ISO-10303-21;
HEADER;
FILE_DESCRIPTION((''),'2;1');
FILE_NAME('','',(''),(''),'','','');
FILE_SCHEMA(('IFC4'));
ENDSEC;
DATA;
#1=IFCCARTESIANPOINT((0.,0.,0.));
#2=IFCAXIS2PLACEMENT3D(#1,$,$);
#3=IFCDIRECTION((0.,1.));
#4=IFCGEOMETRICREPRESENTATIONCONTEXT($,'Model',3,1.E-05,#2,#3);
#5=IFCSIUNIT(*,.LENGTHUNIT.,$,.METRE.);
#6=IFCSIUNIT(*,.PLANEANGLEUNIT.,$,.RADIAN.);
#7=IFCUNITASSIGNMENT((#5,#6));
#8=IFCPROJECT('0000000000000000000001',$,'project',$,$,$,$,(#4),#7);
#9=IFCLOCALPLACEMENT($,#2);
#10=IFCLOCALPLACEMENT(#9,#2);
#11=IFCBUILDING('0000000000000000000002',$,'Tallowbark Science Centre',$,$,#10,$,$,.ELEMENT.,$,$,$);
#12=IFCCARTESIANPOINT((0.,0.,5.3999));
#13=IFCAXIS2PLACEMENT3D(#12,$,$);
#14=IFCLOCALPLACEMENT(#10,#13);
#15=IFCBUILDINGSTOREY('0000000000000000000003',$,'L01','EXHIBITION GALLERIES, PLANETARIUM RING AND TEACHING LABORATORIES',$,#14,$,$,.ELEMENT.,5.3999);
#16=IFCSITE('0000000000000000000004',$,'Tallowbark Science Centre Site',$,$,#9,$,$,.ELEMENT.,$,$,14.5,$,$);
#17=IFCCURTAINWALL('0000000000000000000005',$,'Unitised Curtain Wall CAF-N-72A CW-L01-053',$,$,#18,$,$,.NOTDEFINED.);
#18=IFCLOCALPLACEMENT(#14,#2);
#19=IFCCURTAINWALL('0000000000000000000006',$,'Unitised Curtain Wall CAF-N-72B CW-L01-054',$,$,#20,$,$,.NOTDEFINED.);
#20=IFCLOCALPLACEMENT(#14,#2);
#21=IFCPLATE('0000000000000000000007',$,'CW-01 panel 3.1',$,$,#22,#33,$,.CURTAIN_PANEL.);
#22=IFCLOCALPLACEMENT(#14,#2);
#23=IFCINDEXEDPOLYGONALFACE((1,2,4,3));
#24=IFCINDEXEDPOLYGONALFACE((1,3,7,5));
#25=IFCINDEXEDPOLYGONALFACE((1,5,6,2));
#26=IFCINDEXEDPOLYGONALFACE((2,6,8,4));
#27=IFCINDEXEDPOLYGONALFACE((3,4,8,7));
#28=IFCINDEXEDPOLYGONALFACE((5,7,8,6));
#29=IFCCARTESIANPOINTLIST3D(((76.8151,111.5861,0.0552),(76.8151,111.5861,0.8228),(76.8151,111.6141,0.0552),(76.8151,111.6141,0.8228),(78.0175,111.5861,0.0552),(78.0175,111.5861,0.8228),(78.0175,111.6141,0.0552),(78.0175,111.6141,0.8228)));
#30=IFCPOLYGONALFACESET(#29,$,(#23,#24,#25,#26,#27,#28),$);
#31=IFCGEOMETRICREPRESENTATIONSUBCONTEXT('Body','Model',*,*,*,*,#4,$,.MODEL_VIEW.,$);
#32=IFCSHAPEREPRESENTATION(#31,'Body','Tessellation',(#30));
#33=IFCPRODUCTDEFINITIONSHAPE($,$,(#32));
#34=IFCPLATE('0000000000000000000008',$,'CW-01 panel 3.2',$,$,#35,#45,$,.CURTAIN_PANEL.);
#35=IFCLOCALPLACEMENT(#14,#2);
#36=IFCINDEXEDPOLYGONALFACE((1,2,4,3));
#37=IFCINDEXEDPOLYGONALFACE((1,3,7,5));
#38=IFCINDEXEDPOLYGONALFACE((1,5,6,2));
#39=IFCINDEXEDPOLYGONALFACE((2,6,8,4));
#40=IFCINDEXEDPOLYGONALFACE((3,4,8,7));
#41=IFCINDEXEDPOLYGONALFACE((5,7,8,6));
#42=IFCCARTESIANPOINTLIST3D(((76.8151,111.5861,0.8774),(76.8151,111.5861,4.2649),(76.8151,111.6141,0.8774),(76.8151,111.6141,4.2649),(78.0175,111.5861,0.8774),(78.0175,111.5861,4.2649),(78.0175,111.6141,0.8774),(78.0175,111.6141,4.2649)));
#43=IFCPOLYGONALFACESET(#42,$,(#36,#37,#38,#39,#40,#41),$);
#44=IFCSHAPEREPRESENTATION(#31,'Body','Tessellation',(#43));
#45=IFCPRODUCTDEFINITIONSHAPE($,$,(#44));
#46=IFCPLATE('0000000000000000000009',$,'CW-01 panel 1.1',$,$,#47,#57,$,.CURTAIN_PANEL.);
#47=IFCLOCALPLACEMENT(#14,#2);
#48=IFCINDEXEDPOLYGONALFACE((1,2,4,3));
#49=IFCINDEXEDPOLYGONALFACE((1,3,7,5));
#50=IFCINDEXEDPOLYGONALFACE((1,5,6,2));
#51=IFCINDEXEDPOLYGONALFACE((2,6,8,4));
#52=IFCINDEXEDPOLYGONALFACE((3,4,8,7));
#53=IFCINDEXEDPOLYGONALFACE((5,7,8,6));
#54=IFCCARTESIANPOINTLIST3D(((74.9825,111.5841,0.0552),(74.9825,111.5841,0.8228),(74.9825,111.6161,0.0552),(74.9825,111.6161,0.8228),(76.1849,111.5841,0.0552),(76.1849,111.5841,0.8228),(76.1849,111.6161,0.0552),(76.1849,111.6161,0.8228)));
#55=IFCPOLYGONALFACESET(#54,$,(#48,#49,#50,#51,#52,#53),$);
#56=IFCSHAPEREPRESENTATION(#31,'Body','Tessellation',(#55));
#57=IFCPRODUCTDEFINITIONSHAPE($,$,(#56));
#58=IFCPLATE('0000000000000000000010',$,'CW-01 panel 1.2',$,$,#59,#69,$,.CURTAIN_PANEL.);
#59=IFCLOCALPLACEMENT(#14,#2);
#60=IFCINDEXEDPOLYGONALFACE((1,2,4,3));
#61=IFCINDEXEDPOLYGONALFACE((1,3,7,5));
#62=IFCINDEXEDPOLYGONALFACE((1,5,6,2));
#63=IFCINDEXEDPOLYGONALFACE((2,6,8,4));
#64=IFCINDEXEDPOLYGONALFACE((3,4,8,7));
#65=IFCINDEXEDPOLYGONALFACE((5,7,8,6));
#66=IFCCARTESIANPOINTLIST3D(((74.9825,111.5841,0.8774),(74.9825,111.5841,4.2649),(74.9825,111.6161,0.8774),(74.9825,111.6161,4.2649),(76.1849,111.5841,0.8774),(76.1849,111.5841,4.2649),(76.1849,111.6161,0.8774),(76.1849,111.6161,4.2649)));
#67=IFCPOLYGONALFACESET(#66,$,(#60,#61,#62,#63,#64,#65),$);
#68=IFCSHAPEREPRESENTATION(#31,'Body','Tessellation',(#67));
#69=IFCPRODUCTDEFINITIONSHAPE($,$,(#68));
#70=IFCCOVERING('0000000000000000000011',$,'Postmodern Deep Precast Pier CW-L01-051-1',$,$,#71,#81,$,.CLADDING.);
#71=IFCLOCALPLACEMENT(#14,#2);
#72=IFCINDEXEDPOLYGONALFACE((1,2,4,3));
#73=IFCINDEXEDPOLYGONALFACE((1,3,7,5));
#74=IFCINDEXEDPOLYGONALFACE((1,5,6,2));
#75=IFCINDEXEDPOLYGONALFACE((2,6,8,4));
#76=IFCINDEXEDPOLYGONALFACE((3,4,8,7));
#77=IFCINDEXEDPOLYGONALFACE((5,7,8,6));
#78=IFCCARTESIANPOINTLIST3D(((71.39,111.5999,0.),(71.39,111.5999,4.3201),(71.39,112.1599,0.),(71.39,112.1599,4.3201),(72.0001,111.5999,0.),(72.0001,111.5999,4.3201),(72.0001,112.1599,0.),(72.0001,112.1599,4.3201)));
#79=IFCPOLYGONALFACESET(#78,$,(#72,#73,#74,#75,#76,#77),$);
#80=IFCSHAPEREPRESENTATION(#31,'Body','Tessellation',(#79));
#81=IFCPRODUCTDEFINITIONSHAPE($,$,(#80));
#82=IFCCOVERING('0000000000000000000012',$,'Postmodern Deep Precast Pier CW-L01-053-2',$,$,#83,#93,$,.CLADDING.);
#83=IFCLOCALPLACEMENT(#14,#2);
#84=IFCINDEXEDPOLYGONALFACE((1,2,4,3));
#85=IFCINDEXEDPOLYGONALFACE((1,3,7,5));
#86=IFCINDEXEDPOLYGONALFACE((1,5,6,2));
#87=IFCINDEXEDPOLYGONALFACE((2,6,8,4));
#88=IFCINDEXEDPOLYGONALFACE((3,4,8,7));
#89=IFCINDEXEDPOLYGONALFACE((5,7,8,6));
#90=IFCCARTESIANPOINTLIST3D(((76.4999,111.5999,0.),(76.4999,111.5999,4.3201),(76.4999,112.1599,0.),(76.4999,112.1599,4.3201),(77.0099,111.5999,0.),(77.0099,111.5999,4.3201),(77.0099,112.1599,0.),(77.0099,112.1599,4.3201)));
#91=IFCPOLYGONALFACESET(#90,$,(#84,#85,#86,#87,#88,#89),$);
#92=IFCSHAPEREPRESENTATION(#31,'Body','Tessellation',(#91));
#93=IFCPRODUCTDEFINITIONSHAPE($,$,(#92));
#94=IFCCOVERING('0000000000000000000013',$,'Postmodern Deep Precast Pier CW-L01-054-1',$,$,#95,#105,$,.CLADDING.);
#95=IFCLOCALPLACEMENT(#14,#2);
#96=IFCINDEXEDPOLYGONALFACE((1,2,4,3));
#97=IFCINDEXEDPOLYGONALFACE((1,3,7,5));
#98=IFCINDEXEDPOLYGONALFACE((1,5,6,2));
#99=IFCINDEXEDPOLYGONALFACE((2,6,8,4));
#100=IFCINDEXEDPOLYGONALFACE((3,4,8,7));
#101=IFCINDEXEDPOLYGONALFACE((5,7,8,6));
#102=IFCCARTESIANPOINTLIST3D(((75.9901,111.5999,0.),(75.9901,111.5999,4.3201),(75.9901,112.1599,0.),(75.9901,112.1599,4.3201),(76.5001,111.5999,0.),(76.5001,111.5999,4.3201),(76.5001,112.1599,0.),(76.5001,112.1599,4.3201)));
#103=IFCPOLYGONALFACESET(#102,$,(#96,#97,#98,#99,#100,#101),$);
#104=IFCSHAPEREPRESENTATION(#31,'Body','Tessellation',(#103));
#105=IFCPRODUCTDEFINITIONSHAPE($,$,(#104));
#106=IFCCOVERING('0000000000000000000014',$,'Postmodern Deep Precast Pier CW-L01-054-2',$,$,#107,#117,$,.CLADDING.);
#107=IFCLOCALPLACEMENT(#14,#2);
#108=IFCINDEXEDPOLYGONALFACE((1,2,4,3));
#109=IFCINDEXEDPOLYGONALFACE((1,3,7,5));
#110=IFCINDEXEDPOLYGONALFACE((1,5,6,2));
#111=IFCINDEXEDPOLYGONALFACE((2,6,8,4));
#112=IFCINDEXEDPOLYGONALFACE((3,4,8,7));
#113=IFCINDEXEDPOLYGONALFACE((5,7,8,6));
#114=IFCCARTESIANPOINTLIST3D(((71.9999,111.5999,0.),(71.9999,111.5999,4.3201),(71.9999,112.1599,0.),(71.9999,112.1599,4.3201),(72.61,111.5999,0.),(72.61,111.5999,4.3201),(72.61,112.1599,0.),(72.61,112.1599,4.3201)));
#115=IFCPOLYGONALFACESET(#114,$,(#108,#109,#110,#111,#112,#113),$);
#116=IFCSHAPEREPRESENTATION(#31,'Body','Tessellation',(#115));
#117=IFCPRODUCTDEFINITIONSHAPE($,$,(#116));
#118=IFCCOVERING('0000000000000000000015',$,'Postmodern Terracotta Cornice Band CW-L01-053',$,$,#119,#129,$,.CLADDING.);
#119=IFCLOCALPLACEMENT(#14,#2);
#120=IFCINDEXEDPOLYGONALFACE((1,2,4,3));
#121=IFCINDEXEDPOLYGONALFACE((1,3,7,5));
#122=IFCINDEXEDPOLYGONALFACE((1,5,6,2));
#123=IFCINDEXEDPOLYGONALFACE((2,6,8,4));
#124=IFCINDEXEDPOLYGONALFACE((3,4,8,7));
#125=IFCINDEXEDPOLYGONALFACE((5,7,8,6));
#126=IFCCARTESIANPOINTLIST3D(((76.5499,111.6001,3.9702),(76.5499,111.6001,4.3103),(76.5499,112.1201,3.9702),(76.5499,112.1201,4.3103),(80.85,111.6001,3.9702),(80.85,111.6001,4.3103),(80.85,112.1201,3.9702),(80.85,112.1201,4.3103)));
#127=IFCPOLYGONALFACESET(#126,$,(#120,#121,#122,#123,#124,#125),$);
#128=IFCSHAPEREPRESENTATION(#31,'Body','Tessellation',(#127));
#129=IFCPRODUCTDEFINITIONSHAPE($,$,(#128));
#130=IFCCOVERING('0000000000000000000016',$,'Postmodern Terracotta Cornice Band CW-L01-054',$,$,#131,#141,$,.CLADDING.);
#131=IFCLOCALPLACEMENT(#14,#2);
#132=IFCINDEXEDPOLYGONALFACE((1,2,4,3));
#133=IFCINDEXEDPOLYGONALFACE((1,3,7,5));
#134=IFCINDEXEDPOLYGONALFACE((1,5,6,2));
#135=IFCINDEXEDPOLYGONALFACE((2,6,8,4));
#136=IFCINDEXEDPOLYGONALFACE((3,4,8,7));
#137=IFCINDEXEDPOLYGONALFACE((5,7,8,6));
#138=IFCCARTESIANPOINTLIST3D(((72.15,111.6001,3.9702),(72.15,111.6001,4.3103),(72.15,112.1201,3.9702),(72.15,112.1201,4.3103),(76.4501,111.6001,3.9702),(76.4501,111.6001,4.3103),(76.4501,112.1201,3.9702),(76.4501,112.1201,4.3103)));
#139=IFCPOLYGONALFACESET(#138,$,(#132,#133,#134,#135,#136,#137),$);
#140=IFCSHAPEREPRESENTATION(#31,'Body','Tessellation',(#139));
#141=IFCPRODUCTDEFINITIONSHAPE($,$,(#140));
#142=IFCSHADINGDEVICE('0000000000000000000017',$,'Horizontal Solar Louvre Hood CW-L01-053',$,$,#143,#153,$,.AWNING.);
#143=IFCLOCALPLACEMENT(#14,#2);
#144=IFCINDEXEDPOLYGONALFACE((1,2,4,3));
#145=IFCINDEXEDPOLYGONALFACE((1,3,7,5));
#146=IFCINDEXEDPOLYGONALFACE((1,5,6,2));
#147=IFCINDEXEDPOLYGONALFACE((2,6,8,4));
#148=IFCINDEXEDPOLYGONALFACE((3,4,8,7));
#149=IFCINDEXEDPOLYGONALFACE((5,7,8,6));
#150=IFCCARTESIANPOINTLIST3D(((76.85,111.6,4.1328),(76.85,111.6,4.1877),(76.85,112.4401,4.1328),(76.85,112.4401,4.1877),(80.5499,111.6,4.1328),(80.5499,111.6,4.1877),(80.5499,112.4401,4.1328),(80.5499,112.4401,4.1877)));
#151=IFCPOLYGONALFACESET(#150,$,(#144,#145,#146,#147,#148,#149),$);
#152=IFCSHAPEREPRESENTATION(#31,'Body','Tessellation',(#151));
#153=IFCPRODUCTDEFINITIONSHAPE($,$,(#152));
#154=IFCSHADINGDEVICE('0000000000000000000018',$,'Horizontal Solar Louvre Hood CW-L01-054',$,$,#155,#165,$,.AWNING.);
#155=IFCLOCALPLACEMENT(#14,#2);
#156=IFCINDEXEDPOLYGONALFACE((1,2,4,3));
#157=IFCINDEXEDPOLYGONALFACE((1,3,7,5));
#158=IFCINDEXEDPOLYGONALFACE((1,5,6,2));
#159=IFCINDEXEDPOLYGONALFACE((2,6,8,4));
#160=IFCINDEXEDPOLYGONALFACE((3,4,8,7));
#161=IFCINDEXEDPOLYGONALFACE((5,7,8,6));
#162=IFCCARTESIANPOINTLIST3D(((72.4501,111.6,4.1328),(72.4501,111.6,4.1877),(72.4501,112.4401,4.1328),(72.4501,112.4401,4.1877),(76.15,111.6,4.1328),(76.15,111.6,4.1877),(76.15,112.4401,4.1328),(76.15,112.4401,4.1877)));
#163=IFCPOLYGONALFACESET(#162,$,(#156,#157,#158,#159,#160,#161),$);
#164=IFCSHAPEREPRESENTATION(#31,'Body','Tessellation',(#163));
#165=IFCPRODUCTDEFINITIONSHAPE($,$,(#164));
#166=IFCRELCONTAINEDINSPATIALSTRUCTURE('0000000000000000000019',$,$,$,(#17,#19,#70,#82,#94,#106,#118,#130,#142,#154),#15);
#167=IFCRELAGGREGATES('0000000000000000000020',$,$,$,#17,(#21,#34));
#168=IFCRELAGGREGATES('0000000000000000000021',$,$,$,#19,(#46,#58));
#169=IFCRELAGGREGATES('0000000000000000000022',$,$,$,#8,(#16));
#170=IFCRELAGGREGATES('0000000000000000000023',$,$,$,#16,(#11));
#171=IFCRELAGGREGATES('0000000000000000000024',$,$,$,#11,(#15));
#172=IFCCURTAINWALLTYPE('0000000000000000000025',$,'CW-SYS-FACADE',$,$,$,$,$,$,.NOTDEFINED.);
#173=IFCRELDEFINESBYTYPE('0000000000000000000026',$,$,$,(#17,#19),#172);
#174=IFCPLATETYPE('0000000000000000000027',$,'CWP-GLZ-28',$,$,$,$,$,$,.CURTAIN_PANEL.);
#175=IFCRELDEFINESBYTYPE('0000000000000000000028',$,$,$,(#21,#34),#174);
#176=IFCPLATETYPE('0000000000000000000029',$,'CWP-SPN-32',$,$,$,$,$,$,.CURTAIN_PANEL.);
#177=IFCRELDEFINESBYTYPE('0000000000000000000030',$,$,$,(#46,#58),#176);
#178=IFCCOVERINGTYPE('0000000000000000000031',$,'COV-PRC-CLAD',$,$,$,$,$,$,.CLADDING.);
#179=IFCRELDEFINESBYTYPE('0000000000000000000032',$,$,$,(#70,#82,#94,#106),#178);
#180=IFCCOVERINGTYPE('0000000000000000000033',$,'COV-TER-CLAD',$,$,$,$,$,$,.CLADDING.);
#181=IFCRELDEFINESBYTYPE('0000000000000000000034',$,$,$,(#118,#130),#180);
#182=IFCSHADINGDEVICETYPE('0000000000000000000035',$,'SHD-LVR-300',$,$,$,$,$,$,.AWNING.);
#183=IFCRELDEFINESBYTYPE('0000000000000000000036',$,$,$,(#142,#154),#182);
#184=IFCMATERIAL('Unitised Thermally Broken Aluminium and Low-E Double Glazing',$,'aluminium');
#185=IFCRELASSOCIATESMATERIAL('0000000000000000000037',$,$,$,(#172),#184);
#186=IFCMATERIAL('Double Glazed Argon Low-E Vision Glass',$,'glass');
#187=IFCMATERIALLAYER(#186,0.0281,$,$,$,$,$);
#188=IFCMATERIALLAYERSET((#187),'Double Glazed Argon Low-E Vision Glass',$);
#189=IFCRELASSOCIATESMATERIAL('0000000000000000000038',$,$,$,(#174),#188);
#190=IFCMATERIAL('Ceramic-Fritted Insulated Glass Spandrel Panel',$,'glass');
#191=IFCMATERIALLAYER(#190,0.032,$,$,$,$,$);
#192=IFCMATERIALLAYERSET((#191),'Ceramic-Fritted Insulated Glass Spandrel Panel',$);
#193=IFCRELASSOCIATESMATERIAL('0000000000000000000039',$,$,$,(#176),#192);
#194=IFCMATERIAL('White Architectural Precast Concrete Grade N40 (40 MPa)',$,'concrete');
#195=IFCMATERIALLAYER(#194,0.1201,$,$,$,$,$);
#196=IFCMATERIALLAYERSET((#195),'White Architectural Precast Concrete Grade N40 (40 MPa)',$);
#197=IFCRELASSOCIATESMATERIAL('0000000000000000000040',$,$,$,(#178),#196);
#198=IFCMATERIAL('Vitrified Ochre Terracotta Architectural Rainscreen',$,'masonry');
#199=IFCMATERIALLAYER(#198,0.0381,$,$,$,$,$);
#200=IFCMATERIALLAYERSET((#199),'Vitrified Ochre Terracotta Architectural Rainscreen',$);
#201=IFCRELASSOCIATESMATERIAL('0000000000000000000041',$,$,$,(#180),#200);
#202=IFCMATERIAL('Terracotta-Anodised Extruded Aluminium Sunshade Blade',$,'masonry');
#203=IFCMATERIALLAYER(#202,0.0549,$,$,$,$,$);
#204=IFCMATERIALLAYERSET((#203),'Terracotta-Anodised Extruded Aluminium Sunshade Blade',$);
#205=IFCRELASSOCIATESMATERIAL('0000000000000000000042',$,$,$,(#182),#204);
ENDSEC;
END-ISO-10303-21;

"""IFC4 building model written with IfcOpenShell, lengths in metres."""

from ifc_helpers import new_model, si_unit, direction, frame, origin, origin_2d, place, context, subcontext, project, spatial, rectangle, extrude, material, layer, layer_set, type_object, element, aggregate, save


model = new_model("IFC4")

# Units and contexts
model_context = context("Model", 3, precision=1e-05, world=origin(), true_north=direction((0.0, 1.0)))
body_context = subcontext(model_context, "Body", "Model", "MODEL_VIEW")
ifc_project = project(units=[si_unit("LENGTHUNIT", "METRE"), si_unit("PLANEANGLEUNIT", "RADIAN")], contexts=[model_context])

# Site, building, storey
site_placement = place(None, origin())
site = spatial("IfcSite", under=ifc_project, at=site_placement, Name="Tallowbark Science Centre Site", CompositionType="ELEMENT", RefElevation=14.5)
building_placement = place(site_placement, origin())
building = spatial("IfcBuilding", under=site, at=building_placement, Name="Tallowbark Science Centre", CompositionType="ELEMENT")
storey_placement = place(building_placement, frame((0.0, 0.0, 5.3999)))
storey = spatial("IfcBuildingStorey", under=building, at=storey_placement, Name="L01", Description="EXHIBITION GALLERIES, PLANETARIUM RING AND TEACHING LABORATORIES", CompositionType="ELEMENT", Elevation=5.3999)

# Curtain wall
ifc_material_1 = material(Name="Unitised Thermally Broken Aluminium and Low-E Double Glazing", Category="aluminium")
curtain_wall_type = type_object("IfcCurtainWallType", Name="CW-SYS-FACADE", PredefinedType="NOTDEFINED", material=ifc_material_1)
curtain_wall_1_placement = place(storey_placement, origin())
curtain_wall_1 = element("IfcCurtainWall", 1, at=curtain_wall_1_placement, inside=storey, type_object=curtain_wall_type, Name="Unitised Curtain Wall CAF-N-72A CW-L01-053", PredefinedType="NOTDEFINED")

# Curtain wall
curtain_wall_2_placement = place(storey_placement, origin())
curtain_wall_2 = element("IfcCurtainWall", 2, at=curtain_wall_2_placement, inside=storey, type_object=curtain_wall_type, Name="Unitised Curtain Wall CAF-N-72B CW-L01-054", PredefinedType="NOTDEFINED")

# Plates
ifc_material_2 = material(Name="Double Glazed Argon Low-E Vision Glass", Category="glass")
ifc_layer_1 = layer(ifc_material_2, 0.0281)
ifc_layer_set_1 = layer_set([ifc_layer_1], Name="Double Glazed Argon Low-E Vision Glass")
plate_type_1 = type_object("IfcPlateType", Name="CWP-GLZ-28", PredefinedType="CURTAIN_PANEL", material=ifc_layer_set_1)
plate_1_placement = place(storey_placement, frame((77.4163, 111.6001, 0.0552), z_axis=(0.0, 0.0, 1.0), x_axis=(-1.0, 0.0, 0.0)))
plate_1 = element("IfcPlate", 3, at=plate_1_placement, type_object=plate_type_1, Name="CW-01 panel 3.1", PredefinedType="CURTAIN_PANEL", context=body_context, shape_type="SweptSolid", body=[
    extrude(rectangle(XDim=1.2024, YDim=0.0281, at=origin_2d()), origin(), (0.0, 0.0, 1.0), 0.7676),
])
plate_2_placement = place(storey_placement, frame((77.4163, 111.6001, 0.8774), z_axis=(0.0, 0.0, 1.0), x_axis=(-1.0, 0.0, 0.0)))
plate_2 = element("IfcPlate", 4, at=plate_2_placement, type_object=plate_type_1, Name="CW-01 panel 3.2", PredefinedType="CURTAIN_PANEL", context=body_context, shape_type="SweptSolid", body=[
    extrude(rectangle(XDim=1.2024, YDim=0.0281, at=origin_2d()), origin(), (0.0, 0.0, 1.0), 3.3875),
])
aggregate(curtain_wall_1, [plate_1, plate_2])
ifc_material_3 = material(Name="Ceramic-Fritted Insulated Glass Spandrel Panel", Category="glass")
ifc_layer_2 = layer(ifc_material_3, 0.032)
ifc_layer_set_2 = layer_set([ifc_layer_2], Name="Ceramic-Fritted Insulated Glass Spandrel Panel")
plate_type_2 = type_object("IfcPlateType", Name="CWP-SPN-32", PredefinedType="CURTAIN_PANEL", material=ifc_layer_set_2)
plate_3_placement = place(storey_placement, frame((75.5837, 111.6001, 0.0552), z_axis=(0.0, 0.0, 1.0), x_axis=(-1.0, 0.0, 0.0)))
plate_3 = element("IfcPlate", 5, at=plate_3_placement, type_object=plate_type_2, Name="CW-01 panel 1.1", PredefinedType="CURTAIN_PANEL", context=body_context, shape_type="SweptSolid", body=[
    extrude(rectangle(XDim=1.2024, YDim=0.032, at=origin_2d()), origin(), (0.0, 0.0, 1.0), 0.7676),
])
plate_4_placement = place(storey_placement, frame((75.5837, 111.6001, 0.8774), z_axis=(0.0, 0.0, 1.0), x_axis=(-1.0, 0.0, 0.0)))
plate_4 = element("IfcPlate", 6, at=plate_4_placement, type_object=plate_type_2, Name="CW-01 panel 1.2", PredefinedType="CURTAIN_PANEL", context=body_context, shape_type="SweptSolid", body=[
    extrude(rectangle(XDim=1.2024, YDim=0.032, at=origin_2d()), origin(), (0.0, 0.0, 1.0), 3.3875),
])
aggregate(curtain_wall_2, [plate_3, plate_4])

# Coverings
ifc_material_4 = material(Name="White Architectural Precast Concrete Grade N40 (40 MPa)", Category="concrete")
ifc_layer_3 = layer(ifc_material_4, 0.1201)
ifc_layer_set_3 = layer_set([ifc_layer_3], Name="White Architectural Precast Concrete Grade N40 (40 MPa)")
covering_type_1 = type_object("IfcCoveringType", Name="COV-PRC-CLAD", PredefinedType="CLADDING", material=ifc_layer_set_3)
covering_1_placement = place(storey_placement, frame((71.6951, 111.8799, 0.0), z_axis=(0.0, 0.0, 1.0), x_axis=(-1.0, 0.0, 0.0)))
element("IfcCovering", 7, at=covering_1_placement, inside=storey, type_object=covering_type_1, Name="Postmodern Deep Precast Pier CW-L01-051-1", PredefinedType="CLADDING", context=body_context, shape_type="SweptSolid", body=[
    extrude(rectangle(XDim=0.6101, YDim=0.5601, at=origin_2d()), origin(), (0.0, 0.0, 1.0), 4.3201),
])
for number, where, z_axis, x_axis, name in (
    (8, (76.7549, 111.8799, 0.0), (0.0, 0.0, 1.0), (-1.0, 0.0, 0.0), "Postmodern Deep Precast Pier CW-L01-053-2"),
    (9, (76.2451, 111.8799, 0.0), (0.0, 0.0, 1.0), (-1.0, 0.0, 0.0), "Postmodern Deep Precast Pier CW-L01-054-1"),
):
    element("IfcCovering", number, at=place(storey_placement, frame(where, z_axis=z_axis, x_axis=x_axis)), inside=storey, type_object=covering_type_1, Name=name, PredefinedType="CLADDING", context=body_context, shape_type="SweptSolid", body=[
        extrude(rectangle(XDim=0.51, YDim=0.5601, at=origin_2d()), origin(), (0.0, 0.0, 1.0), 4.3201),
    ])
covering_2_placement = place(storey_placement, frame((72.3049, 111.8799, 0.0), z_axis=(0.0, 0.0, 1.0), x_axis=(-1.0, 0.0, 0.0)))
element("IfcCovering", 10, at=covering_2_placement, inside=storey, type_object=covering_type_1, Name="Postmodern Deep Precast Pier CW-L01-054-2", PredefinedType="CLADDING", context=body_context, shape_type="SweptSolid", body=[
    extrude(rectangle(XDim=0.6101, YDim=0.5601, at=origin_2d()), origin(), (0.0, 0.0, 1.0), 4.3201),
])
ifc_material_5 = material(Name="Vitrified Ochre Terracotta Architectural Rainscreen", Category="masonry")
ifc_layer_4 = layer(ifc_material_5, 0.0381)
ifc_layer_set_4 = layer_set([ifc_layer_4], Name="Vitrified Ochre Terracotta Architectural Rainscreen")
covering_type_2 = type_object("IfcCoveringType", Name="COV-TER-CLAD", PredefinedType="CLADDING", material=ifc_layer_set_4)
for number, where, z_axis, x_axis, name in (
    (11, (78.7, 111.8601, 3.9702), (0.0, 0.0, 1.0), (-1.0, 0.0, 0.0), "Postmodern Terracotta Cornice Band CW-L01-053"),
    (12, (74.3, 111.8601, 3.9702), (0.0, 0.0, 1.0), (-1.0, 0.0, 0.0), "Postmodern Terracotta Cornice Band CW-L01-054"),
):
    element("IfcCovering", number, at=place(storey_placement, frame(where, z_axis=z_axis, x_axis=x_axis)), inside=storey, type_object=covering_type_2, Name=name, PredefinedType="CLADDING", context=body_context, shape_type="SweptSolid", body=[
        extrude(rectangle(XDim=4.3, YDim=0.52, at=origin_2d()), origin(), (0.0, 0.0, 1.0), 0.3401),
    ])

# Shading devices
ifc_material_6 = material(Name="Terracotta-Anodised Extruded Aluminium Sunshade Blade", Category="masonry")
ifc_layer_5 = layer(ifc_material_6, 0.0549)
ifc_layer_set_5 = layer_set([ifc_layer_5], Name="Terracotta-Anodised Extruded Aluminium Sunshade Blade")
shading_device_type = type_object("IfcShadingDeviceType", Name="SHD-LVR-300", PredefinedType="AWNING", material=ifc_layer_set_5)
for number, where, z_axis, x_axis, name in (
    (13, (78.7, 112.02, 4.1328), (0.0, 0.0, 1.0), (-1.0, 0.0, 0.0), "Horizontal Solar Louvre Hood CW-L01-053"),
    (14, (74.3, 112.02, 4.1328), (0.0, 0.0, 1.0), (-1.0, 0.0, 0.0), "Horizontal Solar Louvre Hood CW-L01-054"),
):
    element("IfcShadingDevice", number, at=place(storey_placement, frame(where, z_axis=z_axis, x_axis=x_axis)), inside=storey, type_object=shading_device_type, Name=name, PredefinedType="AWNING", context=body_context, shape_type="SweptSolid", body=[
        extrude(rectangle(XDim=3.7, YDim=0.8401, at=origin_2d()), origin(), (0.0, 0.0, 1.0), 0.0549),
    ])

save(model, "model.ifc")
